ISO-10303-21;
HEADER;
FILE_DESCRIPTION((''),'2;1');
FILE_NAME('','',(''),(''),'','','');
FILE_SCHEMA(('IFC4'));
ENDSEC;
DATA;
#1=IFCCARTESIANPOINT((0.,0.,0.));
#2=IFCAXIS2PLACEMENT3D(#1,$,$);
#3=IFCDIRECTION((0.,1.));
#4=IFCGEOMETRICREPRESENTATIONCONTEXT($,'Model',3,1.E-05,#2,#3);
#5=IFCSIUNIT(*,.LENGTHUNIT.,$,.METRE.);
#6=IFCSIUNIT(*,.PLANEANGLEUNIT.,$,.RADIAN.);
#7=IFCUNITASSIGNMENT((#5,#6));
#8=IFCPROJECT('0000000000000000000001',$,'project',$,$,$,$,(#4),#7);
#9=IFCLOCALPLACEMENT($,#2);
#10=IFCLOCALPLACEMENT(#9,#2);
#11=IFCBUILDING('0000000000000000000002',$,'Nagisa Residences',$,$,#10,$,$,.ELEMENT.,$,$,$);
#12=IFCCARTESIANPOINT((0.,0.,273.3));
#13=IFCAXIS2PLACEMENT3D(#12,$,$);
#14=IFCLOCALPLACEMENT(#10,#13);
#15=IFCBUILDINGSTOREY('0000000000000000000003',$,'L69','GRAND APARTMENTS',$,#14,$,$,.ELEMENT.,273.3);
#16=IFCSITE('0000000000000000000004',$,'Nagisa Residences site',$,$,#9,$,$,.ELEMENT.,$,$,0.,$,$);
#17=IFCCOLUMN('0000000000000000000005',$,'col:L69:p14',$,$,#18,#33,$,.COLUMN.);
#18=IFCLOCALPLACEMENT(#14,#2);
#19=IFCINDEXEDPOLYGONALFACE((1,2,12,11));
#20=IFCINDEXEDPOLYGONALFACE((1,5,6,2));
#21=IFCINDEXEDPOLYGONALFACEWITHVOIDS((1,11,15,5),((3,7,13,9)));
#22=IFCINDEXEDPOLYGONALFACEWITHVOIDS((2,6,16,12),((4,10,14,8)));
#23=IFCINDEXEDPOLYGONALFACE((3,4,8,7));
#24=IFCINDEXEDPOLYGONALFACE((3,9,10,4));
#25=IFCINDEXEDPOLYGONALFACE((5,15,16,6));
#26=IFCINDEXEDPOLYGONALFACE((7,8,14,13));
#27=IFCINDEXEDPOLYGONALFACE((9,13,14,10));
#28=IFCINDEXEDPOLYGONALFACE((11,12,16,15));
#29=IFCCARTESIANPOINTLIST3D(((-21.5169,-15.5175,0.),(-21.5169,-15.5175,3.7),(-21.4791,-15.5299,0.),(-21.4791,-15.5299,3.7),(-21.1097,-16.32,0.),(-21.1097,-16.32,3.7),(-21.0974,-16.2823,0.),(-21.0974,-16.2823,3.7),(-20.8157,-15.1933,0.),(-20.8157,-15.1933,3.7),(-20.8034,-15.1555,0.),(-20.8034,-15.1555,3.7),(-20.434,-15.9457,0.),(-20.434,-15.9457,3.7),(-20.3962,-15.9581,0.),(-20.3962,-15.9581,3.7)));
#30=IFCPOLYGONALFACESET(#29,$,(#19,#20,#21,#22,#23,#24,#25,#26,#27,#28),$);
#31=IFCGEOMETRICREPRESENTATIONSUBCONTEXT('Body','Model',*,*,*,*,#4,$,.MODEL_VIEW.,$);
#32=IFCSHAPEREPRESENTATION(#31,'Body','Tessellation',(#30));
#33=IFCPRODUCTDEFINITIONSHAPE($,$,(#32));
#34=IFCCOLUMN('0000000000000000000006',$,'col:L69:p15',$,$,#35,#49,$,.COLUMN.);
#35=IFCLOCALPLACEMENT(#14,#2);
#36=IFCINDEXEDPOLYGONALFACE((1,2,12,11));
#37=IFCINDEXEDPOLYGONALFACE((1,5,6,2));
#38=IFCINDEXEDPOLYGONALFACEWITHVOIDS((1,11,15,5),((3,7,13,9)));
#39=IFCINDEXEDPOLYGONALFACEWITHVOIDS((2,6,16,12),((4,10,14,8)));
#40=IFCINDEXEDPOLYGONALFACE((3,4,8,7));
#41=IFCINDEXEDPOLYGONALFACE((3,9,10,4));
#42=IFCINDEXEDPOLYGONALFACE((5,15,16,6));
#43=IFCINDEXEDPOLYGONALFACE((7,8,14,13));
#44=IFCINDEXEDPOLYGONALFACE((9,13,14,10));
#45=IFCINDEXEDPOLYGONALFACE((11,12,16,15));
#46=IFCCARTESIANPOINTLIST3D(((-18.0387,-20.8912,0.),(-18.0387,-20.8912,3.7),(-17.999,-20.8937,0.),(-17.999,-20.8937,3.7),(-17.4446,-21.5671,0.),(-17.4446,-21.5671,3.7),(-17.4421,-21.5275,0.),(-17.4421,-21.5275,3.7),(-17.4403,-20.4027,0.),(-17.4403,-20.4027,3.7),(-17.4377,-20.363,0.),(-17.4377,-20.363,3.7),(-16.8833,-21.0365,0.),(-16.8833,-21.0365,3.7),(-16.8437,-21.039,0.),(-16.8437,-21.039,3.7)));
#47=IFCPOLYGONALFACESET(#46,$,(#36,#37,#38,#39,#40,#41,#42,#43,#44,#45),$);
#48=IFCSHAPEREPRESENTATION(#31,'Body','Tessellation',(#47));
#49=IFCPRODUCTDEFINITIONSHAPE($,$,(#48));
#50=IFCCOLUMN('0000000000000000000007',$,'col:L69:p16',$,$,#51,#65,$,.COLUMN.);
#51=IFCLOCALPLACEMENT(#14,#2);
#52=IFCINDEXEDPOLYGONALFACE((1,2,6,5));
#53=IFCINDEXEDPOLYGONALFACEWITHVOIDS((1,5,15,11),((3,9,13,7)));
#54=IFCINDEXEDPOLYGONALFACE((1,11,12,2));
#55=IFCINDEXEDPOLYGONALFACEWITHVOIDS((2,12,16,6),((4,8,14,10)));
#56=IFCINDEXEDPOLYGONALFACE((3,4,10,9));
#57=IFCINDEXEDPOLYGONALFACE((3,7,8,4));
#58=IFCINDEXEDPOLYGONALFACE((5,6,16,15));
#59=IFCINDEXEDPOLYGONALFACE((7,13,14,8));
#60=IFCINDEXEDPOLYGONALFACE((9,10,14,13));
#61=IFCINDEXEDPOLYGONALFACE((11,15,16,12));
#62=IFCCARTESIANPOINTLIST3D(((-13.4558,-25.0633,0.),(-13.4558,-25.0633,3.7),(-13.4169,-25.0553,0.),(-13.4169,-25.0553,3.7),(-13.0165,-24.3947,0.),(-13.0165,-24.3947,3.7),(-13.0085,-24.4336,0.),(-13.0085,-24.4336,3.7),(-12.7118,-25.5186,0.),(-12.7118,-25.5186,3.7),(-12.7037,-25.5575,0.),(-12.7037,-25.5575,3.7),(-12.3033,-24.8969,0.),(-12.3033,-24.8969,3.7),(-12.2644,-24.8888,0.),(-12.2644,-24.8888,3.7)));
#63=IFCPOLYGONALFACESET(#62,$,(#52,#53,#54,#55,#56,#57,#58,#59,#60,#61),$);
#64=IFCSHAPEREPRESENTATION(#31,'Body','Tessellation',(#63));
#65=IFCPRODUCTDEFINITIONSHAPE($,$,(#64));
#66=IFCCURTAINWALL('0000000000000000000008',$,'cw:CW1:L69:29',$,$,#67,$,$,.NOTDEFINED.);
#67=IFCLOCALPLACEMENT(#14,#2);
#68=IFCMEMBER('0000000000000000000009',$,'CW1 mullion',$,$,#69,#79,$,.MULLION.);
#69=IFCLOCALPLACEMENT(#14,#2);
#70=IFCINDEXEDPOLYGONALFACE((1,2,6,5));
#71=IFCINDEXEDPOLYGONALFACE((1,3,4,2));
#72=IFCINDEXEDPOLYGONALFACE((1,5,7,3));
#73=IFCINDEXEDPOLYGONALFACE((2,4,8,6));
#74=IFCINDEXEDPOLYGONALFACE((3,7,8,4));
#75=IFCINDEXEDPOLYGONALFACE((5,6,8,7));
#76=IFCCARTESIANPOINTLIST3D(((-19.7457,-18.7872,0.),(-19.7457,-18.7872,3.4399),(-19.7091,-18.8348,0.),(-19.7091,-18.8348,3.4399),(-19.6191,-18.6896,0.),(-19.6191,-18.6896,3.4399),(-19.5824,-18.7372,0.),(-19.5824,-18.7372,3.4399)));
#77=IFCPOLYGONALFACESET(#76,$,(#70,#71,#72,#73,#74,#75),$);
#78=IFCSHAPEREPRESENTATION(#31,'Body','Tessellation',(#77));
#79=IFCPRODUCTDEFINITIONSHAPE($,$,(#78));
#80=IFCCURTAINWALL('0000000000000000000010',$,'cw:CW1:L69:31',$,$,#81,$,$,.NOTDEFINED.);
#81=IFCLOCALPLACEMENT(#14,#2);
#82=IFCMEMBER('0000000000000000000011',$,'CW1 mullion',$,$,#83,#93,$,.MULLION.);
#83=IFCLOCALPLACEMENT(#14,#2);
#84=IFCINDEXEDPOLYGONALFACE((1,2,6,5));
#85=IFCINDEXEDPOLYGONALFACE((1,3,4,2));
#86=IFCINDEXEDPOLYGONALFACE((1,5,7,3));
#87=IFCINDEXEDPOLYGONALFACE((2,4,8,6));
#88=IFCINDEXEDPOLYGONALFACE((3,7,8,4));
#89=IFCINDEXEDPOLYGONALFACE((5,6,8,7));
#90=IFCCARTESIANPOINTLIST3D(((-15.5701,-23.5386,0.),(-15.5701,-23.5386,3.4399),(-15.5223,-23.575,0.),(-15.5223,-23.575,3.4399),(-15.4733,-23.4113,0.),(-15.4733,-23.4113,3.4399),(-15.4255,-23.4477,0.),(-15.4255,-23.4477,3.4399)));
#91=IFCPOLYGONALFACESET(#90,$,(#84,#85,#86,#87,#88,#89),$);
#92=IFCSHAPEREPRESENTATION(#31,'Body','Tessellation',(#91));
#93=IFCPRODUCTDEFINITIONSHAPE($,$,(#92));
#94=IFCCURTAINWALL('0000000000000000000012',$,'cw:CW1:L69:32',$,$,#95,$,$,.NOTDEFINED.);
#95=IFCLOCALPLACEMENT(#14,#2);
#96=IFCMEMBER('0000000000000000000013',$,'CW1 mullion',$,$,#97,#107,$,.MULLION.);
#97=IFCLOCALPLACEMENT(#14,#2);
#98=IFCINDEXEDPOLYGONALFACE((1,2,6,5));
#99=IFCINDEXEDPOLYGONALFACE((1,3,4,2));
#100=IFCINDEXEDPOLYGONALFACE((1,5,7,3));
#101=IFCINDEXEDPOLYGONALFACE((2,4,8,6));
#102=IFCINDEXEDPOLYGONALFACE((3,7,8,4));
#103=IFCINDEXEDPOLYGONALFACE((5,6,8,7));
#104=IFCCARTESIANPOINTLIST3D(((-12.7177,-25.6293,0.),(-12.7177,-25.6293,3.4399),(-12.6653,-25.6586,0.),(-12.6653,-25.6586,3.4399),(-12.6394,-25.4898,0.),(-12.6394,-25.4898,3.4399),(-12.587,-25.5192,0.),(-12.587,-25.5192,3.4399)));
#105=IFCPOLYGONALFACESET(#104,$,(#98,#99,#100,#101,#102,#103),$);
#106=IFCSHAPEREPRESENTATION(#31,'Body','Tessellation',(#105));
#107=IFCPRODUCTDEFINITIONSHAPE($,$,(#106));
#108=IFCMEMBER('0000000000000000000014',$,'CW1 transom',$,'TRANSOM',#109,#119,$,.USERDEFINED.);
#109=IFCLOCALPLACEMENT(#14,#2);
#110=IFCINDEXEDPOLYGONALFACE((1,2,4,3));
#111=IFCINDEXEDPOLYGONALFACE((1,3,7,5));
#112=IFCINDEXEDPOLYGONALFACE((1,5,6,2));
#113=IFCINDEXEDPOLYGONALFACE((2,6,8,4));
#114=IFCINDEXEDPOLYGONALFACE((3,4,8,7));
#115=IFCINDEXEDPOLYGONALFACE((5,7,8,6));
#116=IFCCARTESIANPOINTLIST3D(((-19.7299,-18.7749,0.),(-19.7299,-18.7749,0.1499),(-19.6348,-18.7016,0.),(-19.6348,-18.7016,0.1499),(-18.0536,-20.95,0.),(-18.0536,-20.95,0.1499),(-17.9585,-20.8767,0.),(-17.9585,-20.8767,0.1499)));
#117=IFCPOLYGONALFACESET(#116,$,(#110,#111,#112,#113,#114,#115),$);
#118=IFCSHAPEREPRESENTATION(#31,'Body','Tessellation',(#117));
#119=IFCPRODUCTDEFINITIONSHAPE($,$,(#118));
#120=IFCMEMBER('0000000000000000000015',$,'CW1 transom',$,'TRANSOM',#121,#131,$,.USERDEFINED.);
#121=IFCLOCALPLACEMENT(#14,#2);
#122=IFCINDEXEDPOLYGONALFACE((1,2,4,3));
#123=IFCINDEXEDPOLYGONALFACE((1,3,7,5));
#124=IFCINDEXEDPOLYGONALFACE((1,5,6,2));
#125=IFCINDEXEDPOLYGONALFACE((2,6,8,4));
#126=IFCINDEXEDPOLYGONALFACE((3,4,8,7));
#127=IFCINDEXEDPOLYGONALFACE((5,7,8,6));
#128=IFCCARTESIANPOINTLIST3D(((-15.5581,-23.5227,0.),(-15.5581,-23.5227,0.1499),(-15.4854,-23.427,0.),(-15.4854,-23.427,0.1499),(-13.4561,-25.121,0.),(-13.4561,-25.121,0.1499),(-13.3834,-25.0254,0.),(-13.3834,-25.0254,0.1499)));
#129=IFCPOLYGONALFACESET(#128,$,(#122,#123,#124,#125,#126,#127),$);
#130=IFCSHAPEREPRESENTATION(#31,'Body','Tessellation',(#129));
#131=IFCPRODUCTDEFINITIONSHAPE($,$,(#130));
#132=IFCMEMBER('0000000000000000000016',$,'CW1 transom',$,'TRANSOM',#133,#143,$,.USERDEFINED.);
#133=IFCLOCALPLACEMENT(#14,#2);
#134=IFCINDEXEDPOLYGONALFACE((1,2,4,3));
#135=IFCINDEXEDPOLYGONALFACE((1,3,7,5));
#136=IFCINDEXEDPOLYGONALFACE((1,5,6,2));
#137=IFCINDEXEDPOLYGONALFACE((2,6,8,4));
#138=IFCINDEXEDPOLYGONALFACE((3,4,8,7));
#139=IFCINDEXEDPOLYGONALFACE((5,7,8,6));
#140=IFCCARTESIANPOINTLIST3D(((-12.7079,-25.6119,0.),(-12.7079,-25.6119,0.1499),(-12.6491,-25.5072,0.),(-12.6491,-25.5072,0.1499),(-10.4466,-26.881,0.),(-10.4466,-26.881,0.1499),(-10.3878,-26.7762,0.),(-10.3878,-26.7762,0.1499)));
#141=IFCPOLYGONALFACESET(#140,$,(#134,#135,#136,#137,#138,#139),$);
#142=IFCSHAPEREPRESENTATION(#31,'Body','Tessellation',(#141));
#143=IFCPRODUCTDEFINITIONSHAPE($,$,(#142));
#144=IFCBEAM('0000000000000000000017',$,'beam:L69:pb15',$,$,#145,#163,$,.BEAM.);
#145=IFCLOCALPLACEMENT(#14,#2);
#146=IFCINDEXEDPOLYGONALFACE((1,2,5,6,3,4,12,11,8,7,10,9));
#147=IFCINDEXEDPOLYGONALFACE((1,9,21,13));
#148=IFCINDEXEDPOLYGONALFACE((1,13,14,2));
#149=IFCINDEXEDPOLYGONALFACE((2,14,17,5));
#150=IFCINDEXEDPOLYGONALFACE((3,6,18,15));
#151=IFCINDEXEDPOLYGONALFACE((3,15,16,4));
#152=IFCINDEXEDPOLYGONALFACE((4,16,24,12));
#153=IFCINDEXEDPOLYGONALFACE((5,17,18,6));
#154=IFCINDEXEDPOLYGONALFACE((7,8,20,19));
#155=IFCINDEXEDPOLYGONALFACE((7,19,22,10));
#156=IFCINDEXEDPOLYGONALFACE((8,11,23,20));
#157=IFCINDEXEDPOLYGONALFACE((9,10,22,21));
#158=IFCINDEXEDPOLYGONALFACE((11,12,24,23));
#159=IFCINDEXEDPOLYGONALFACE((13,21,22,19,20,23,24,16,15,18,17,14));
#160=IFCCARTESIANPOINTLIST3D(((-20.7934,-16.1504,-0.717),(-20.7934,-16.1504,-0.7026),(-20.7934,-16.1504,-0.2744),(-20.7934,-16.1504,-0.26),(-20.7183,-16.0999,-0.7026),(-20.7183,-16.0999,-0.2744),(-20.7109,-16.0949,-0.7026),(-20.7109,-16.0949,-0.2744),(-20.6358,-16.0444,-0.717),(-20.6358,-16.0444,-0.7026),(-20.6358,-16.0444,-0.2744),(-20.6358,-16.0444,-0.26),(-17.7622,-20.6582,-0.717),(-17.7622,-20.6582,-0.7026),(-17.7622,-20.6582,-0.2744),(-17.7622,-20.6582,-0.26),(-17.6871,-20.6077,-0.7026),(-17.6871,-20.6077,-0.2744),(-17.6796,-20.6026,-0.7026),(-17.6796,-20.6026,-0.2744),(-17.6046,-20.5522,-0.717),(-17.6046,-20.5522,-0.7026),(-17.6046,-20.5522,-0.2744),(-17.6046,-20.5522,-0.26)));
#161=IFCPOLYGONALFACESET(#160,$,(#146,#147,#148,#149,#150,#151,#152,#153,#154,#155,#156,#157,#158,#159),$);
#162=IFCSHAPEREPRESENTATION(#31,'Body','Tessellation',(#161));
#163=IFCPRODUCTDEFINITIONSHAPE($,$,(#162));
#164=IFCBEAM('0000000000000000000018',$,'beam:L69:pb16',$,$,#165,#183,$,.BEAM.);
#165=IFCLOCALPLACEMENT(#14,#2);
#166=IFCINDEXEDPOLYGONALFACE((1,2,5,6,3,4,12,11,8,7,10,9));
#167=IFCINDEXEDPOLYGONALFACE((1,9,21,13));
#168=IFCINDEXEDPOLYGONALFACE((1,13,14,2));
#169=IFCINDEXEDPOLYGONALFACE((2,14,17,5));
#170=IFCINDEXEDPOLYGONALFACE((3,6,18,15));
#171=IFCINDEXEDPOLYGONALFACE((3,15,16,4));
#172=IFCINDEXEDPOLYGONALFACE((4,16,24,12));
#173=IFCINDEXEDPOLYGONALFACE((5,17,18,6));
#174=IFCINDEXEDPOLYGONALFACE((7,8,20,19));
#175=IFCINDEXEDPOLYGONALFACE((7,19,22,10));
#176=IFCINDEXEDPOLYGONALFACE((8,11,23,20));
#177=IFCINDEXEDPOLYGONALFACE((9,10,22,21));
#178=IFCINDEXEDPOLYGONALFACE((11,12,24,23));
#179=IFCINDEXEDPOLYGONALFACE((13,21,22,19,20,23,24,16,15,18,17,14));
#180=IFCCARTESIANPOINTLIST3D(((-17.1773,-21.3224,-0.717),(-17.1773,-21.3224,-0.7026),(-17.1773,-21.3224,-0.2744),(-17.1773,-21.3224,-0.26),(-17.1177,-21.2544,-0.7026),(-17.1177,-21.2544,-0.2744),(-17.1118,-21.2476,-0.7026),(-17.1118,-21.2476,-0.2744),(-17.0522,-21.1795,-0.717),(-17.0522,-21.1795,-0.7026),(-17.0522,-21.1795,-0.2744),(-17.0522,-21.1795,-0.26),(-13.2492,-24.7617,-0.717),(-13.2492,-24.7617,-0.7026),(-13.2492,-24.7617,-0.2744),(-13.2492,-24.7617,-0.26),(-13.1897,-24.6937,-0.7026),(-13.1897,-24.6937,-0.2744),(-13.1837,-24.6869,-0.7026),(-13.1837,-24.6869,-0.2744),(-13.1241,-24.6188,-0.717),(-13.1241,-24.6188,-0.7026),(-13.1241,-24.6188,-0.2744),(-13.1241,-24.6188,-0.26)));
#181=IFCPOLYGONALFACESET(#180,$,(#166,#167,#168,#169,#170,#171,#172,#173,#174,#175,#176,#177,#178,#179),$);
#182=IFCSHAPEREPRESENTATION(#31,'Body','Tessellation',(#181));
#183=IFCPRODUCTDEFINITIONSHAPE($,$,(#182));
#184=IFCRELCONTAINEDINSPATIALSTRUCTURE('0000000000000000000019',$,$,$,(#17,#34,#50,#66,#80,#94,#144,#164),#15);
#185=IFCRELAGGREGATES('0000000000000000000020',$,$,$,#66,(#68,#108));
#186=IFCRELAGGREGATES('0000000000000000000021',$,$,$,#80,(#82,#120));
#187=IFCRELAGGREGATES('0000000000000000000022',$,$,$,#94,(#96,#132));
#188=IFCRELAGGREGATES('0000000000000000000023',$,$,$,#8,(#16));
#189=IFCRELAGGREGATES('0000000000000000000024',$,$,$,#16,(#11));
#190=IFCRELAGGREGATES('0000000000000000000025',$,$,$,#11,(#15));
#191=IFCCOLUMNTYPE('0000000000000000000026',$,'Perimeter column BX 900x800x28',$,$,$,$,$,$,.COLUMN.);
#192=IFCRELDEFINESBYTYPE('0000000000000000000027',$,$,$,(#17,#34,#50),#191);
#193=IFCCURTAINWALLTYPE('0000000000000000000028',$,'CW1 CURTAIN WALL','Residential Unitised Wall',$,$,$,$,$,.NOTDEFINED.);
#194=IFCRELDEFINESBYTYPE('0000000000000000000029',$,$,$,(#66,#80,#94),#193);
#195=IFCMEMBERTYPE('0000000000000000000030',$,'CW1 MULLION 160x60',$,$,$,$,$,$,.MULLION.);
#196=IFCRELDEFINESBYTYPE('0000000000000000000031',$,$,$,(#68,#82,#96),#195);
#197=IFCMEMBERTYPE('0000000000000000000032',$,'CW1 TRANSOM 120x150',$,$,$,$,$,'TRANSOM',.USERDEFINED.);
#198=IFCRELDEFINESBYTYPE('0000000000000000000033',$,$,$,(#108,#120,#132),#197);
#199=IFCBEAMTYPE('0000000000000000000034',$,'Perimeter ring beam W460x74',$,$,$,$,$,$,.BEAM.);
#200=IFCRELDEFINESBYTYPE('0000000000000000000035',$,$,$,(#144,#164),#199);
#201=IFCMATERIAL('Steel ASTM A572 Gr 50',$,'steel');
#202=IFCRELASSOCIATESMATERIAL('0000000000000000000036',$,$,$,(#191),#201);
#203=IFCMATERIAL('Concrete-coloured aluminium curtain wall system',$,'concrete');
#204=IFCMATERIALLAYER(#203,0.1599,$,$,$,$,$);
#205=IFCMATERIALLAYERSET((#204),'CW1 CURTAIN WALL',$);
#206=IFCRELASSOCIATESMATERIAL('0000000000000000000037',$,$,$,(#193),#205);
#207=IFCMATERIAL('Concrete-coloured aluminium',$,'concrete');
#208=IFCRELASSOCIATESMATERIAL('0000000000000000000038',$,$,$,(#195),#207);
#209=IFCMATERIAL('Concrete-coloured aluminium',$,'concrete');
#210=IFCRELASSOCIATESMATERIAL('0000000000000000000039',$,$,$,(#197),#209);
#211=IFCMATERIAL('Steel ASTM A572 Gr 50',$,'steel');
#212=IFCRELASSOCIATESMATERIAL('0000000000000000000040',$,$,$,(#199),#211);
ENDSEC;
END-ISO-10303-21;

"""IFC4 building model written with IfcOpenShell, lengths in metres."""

from ifc_helpers import new_model, si_unit, direction, frame, origin, origin_2d, place, context, subcontext, project, spatial, rectangle, hollow_rectangle, i_section, extrude, material, layer, layer_set, material_profile, profile_set, type_object, element, aggregate, save


model = new_model("IFC4")

# Units and contexts
model_context = context("Model", 3, precision=1e-05, world=origin(), true_north=direction((0.0, 1.0)))
body_context = subcontext(model_context, "Body", "Model", "MODEL_VIEW")
ifc_project = project(units=[si_unit("LENGTHUNIT", "METRE"), si_unit("PLANEANGLEUNIT", "RADIAN")], contexts=[model_context])

# Site, building, storey
site_placement = place(None, origin())
site = spatial("IfcSite", under=ifc_project, at=site_placement, Name="Nagisa Residences site", CompositionType="ELEMENT", RefElevation=0.0)
building_placement = place(site_placement, origin())
building = spatial("IfcBuilding", under=site, at=building_placement, Name="Nagisa Residences", CompositionType="ELEMENT")
storey_placement = place(building_placement, frame((0.0, 0.0, 273.3)))
storey = spatial("IfcBuildingStorey", under=building, at=storey_placement, Name="L69", Description="GRAND APARTMENTS", CompositionType="ELEMENT", Elevation=273.3)

# Columns
ifc_material_1 = material(Name="Steel ASTM A572 Gr 50", Category="steel")
ifc_material_profile_1 = material_profile(ifc_material_1, hollow_rectangle(XDim=0.8999, YDim=0.8, WallThickness=0.0281, at=origin_2d()), Name="BX 900x800x28")
ifc_profile_set_1 = profile_set([ifc_material_profile_1], Name="Steel ASTM A572 Gr 50")
column_type = type_object("IfcColumnType", Name="Perimeter column BX 900x800x28", PredefinedType="COLUMN", material=ifc_profile_set_1)
for number, where, z_axis, x_axis, name in (
    (1, (-20.9565, -15.7378, 0.0), (0.0, 0.0, 1.0), (0.452463, -0.891783, 0.0), "col:L69:p14"),
    (2, (-17.4412, -20.9651, 0.0), (0.0, 0.0, 1.0), (0.660115, -0.751165, 0.0), "col:L69:p15"),
    (3, (-12.8601, -24.9761, 0.0), (0.0, 0.0, 1.0), (0.835766, -0.549086, 0.0), "col:L69:p16"),
):
    element("IfcColumn", number, at=place(storey_placement, frame(where, z_axis=z_axis, x_axis=x_axis)), inside=storey, type_object=column_type, Name=name, PredefinedType="COLUMN", context=body_context, shape_type="SweptSolid", body=[
        extrude(hollow_rectangle(XDim=0.8999, YDim=0.8, WallThickness=0.0281, at=origin_2d()), origin(), (0.0, 0.0, 1.0), 3.7),
    ])

# Curtain walls, members
ifc_material_2 = material(Name="Concrete-coloured aluminium curtain wall system", Category="concrete")
ifc_layer_1 = layer(ifc_material_2, 0.1599)
ifc_layer_set_1 = layer_set([ifc_layer_1], Name="CW1 CURTAIN WALL")
curtain_wall_type = type_object("IfcCurtainWallType", Name="CW1 CURTAIN WALL", Description="Residential Unitised Wall", PredefinedType="NOTDEFINED", material=ifc_layer_set_1)
curtain_wall_1_placement = place(storey_placement, origin())
curtain_wall_1 = element("IfcCurtainWall", 4, at=curtain_wall_1_placement, inside=storey, type_object=curtain_wall_type, Name="cw:CW1:L69:29", PredefinedType="NOTDEFINED")
ifc_material_3 = material(Name="Concrete-coloured aluminium", Category="concrete")
ifc_material_profile_2 = material_profile(ifc_material_3, rectangle(XDim=0.1599, YDim=0.0601, at=origin_2d()), Name="CW1 MULLION 160x60")
ifc_profile_set_2 = profile_set([ifc_material_profile_2], Name="Concrete-coloured aluminium")
member_type_1 = type_object("IfcMemberType", Name="CW1 MULLION 160x60", PredefinedType="MULLION", material=ifc_profile_set_2)
member_1_placement = place(storey_placement, frame((-19.6641, -18.7622, 0.0), z_axis=(0.0, 0.0, 1.0), x_axis=(0.79207, 0.61043, 0.0)))
member_1 = element("IfcMember", 5, at=member_1_placement, type_object=member_type_1, Name="CW1 mullion", PredefinedType="MULLION", context=body_context, shape_type="SweptSolid", body=[
    extrude(rectangle(XDim=0.1599, YDim=0.0601, at=origin_2d()), origin(), (0.0, 0.0, 1.0), 3.4399),
])
curtain_wall_2_placement = place(storey_placement, origin())
curtain_wall_2 = element("IfcCurtainWall", 6, at=curtain_wall_2_placement, inside=storey, type_object=curtain_wall_type, Name="cw:CW1:L69:31", PredefinedType="NOTDEFINED")
member_2_placement = place(storey_placement, frame((-15.4978, -23.4932, 0.0), z_axis=(0.0, 0.0, 1.0), x_axis=(0.605255, 0.796031, 0.0)))
member_2 = element("IfcMember", 7, at=member_2_placement, type_object=member_type_1, Name="CW1 mullion", PredefinedType="MULLION", context=body_context, shape_type="SweptSolid", body=[
    extrude(rectangle(XDim=0.1599, YDim=0.0601, at=origin_2d()), origin(), (0.0, 0.0, 1.0), 3.4399),
])
curtain_wall_3_placement = place(storey_placement, origin())
curtain_wall_3 = element("IfcCurtainWall", 8, at=curtain_wall_3_placement, inside=storey, type_object=curtain_wall_type, Name="cw:CW1:L69:32", PredefinedType="NOTDEFINED")
member_3_placement = place(storey_placement, frame((-12.6523, -25.5742, 0.0), z_axis=(0.0, 0.0, 1.0), x_axis=(0.489377, 0.872072, 0.0)))
member_3 = element("IfcMember", 9, at=member_3_placement, type_object=member_type_1, Name="CW1 mullion", PredefinedType="MULLION", context=body_context, shape_type="SweptSolid", body=[
    extrude(rectangle(XDim=0.1599, YDim=0.0601, at=origin_2d()), origin(), (0.0, 0.0, 1.0), 3.4399),
])

# Members
ifc_material_4 = material(Name="Concrete-coloured aluminium", Category="concrete")
ifc_material_profile_3 = material_profile(ifc_material_4, rectangle(XDim=0.1201, YDim=0.1499, at=origin_2d()), Name="CW1 TRANSOM 120x150")
ifc_profile_set_3 = profile_set([ifc_material_profile_3], Name="Concrete-coloured aluminium")
member_type_2 = type_object("IfcMemberType", Name="CW1 TRANSOM 120x150", ElementType="TRANSOM", PredefinedType="USERDEFINED", material=ifc_profile_set_3)
member_4_placement = place(storey_placement, frame((-19.6824, -18.7383, 0.075), z_axis=(0.610432, -0.792068, 0.0), x_axis=(0.792068, 0.610432, 0.0)))
member_4 = element("IfcMember", 10, at=member_4_placement, type_object=member_type_2, Name="CW1 transom", ObjectType="TRANSOM", PredefinedType="USERDEFINED", context=body_context, shape_type="SweptSolid", body=[
    extrude(rectangle(XDim=0.1201, YDim=0.1499, at=origin_2d()), origin(), (0.0, 0.0, 1.0), 2.7461),
])
member_5_placement = place(storey_placement, frame((-15.5217, -23.4749, 0.075), z_axis=(0.796011, -0.605282, 0.0), x_axis=(0.605282, 0.796011, 0.0)))
member_5 = element("IfcMember", 11, at=member_5_placement, type_object=member_type_2, Name="CW1 transom", ObjectType="TRANSOM", PredefinedType="USERDEFINED", context=body_context, shape_type="SweptSolid", body=[
    extrude(rectangle(XDim=0.1201, YDim=0.1499, at=origin_2d()), origin(), (0.0, 0.0, 1.0), 2.6406),
])
member_6_placement = place(storey_placement, frame((-12.6785, -25.5596, 0.075), z_axis=(0.872053, -0.489412, 0.0), x_axis=(0.489412, 0.872053, 0.0)))
member_6 = element("IfcMember", 12, at=member_6_placement, type_object=member_type_2, Name="CW1 transom", ObjectType="TRANSOM", PredefinedType="USERDEFINED", context=body_context, shape_type="SweptSolid", body=[
    extrude(rectangle(XDim=0.1201, YDim=0.1499, at=origin_2d()), origin(), (0.0, 0.0, 1.0), 2.593),
])

# Beams
ifc_material_5 = material(Name="Steel ASTM A572 Gr 50", Category="steel")
ifc_material_profile_4 = material_profile(ifc_material_5, i_section(OverallWidth=0.1899, OverallDepth=0.457, WebThickness=0.009, FlangeThickness=0.0144, at=origin_2d()), Name="W460x74")
ifc_profile_set_4 = profile_set([ifc_material_profile_4], Name="Steel ASTM A572 Gr 50")
beam_type_1 = type_object("IfcBeamType", Name="Perimeter ring beam W460x74", PredefinedType="BEAM", material=ifc_profile_set_4)
beam_1_placement = place(storey_placement, frame((-20.7146, -16.0974, -0.4885), z_axis=(0.558015, -0.829831, 0.0), x_axis=(0.829831, 0.558015, 0.0)))
element("IfcBeam", 13, at=beam_1_placement, inside=storey, type_object=beam_type_1, Name="beam:L69:pb15", PredefinedType="BEAM", context=body_context, shape_type="SweptSolid", body=[
    extrude(i_section(OverallWidth=0.1899, OverallDepth=0.457, WebThickness=0.009, FlangeThickness=0.0144, at=origin_2d()), origin(), (0.0, 0.0, 1.0), 5.4321),
])
beam_2_placement = place(storey_placement, frame((-17.1147, -21.251, -0.4885), z_axis=(0.752365, -0.658746, 0.0), x_axis=(0.658746, 0.752365, 0.0)))
element("IfcBeam", 14, at=beam_2_placement, inside=storey, type_object=beam_type_1, Name="beam:L69:pb16", PredefinedType="BEAM", context=body_context, shape_type="SweptSolid", body=[
    extrude(i_section(OverallWidth=0.1899, OverallDepth=0.457, WebThickness=0.009, FlangeThickness=0.0144, at=origin_2d()), origin(), (0.0, 0.0, 1.0), 5.2209),
])

aggregate(curtain_wall_1, [member_1, member_4])
aggregate(curtain_wall_2, [member_2, member_5])
aggregate(curtain_wall_3, [member_3, member_6])

save(model, "model.ifc")
